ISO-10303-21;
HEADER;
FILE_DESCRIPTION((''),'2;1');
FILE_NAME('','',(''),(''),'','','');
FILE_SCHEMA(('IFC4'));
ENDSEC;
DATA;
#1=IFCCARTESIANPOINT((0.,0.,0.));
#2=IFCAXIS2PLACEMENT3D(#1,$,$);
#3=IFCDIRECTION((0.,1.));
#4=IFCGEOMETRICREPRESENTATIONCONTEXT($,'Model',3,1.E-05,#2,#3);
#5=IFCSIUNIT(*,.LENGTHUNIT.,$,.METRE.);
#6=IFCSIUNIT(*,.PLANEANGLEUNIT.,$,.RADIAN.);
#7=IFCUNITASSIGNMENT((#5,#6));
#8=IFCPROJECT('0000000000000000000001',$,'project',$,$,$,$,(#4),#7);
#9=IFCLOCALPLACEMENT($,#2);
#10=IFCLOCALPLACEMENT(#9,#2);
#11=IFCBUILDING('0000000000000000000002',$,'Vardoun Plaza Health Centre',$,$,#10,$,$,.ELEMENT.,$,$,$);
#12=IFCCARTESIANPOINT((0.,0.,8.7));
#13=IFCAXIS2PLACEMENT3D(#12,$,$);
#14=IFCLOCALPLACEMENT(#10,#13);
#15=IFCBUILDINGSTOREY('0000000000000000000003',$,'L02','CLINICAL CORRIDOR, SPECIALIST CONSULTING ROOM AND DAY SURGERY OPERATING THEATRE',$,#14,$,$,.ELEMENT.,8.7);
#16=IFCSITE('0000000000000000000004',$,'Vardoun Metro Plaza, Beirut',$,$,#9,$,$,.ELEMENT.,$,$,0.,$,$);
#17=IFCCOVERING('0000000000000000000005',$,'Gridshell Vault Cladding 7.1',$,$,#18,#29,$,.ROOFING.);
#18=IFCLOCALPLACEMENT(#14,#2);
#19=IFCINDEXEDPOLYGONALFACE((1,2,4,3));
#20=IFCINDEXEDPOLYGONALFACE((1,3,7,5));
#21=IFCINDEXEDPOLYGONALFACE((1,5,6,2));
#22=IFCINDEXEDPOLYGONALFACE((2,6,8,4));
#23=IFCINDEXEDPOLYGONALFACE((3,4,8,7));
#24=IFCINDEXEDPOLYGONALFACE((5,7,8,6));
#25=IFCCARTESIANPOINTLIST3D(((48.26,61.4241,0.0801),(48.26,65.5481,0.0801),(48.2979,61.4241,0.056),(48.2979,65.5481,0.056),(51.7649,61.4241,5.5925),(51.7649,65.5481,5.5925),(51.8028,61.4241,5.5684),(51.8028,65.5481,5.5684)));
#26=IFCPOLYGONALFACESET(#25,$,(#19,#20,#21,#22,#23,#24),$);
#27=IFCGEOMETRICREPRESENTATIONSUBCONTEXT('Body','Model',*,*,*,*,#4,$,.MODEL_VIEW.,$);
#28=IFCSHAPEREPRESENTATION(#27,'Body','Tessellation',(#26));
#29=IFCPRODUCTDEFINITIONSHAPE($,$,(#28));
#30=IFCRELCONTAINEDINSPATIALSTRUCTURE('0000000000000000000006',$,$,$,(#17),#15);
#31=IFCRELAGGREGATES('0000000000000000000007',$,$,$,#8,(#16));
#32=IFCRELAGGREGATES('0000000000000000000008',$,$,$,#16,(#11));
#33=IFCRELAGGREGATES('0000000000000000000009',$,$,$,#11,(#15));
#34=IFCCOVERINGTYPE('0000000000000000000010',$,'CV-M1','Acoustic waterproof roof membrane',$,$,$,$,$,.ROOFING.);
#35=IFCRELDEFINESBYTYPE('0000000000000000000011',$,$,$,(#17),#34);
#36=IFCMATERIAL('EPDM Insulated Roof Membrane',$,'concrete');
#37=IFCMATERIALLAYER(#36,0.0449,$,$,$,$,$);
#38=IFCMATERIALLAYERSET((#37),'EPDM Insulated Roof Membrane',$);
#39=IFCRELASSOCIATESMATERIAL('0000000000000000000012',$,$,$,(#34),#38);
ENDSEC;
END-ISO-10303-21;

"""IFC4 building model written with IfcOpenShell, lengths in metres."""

from ifc_helpers import new_model, si_unit, direction, frame, origin, place, context, subcontext, project, spatial, polyline, outline, extrude, material, layer, layer_set, type_object, element, save


model = new_model("IFC4")

# Units and contexts
model_context = context("Model", 3, precision=1e-05, world=origin(), true_north=direction((0.0, 1.0)))
body_context = subcontext(model_context, "Body", "Model", "MODEL_VIEW")
ifc_project = project(units=[si_unit("LENGTHUNIT", "METRE"), si_unit("PLANEANGLEUNIT", "RADIAN")], contexts=[model_context])

# Site, building, storey
site_placement = place(None, origin())
site = spatial("IfcSite", under=ifc_project, at=site_placement, Name="Vardoun Metro Plaza, Beirut", CompositionType="ELEMENT", RefElevation=0.0)
building_placement = place(site_placement, origin())
building = spatial("IfcBuilding", under=site, at=building_placement, Name="Vardoun Plaza Health Centre", CompositionType="ELEMENT")
storey_placement = place(building_placement, frame((0.0, 0.0, 8.7)))
storey = spatial("IfcBuildingStorey", under=building, at=storey_placement, Name="L02", Description="CLINICAL CORRIDOR, SPECIALIST CONSULTING ROOM AND DAY SURGERY OPERATING THEATRE", CompositionType="ELEMENT", Elevation=8.7)

# Covering
ifc_material_1 = material(Name="EPDM Insulated Roof Membrane", Category="concrete")
ifc_layer_1 = layer(ifc_material_1, 0.0449)
ifc_layer_set_1 = layer_set([ifc_layer_1], Name="EPDM Insulated Roof Membrane")
covering_type = type_object("IfcCoveringType", Name="CV-M1", Description="Acoustic waterproof roof membrane", PredefinedType="ROOFING", material=ifc_layer_set_1)
covering_1_placement = place(storey_placement, frame((48.26, 61.4241, 0.0801), z_axis=(-0.843872, 0.0, 0.536544), x_axis=(0.536544, 0.0, 0.843872)))
element("IfcCovering", 1, at=covering_1_placement, inside=storey, type_object=covering_type, Name="Gridshell Vault Cladding 7.1", PredefinedType="ROOFING", context=body_context, shape_type="SweptSolid", body=[
    extrude(outline(polyline([(0.0, 0.0), (6.5323, 0.0), (6.5323, 4.124), (0.0, 4.124), (0.0, 0.0)])), origin(), (0.0, 0.0, -1.0), 0.0449),
])

save(model, "model.ifc")
